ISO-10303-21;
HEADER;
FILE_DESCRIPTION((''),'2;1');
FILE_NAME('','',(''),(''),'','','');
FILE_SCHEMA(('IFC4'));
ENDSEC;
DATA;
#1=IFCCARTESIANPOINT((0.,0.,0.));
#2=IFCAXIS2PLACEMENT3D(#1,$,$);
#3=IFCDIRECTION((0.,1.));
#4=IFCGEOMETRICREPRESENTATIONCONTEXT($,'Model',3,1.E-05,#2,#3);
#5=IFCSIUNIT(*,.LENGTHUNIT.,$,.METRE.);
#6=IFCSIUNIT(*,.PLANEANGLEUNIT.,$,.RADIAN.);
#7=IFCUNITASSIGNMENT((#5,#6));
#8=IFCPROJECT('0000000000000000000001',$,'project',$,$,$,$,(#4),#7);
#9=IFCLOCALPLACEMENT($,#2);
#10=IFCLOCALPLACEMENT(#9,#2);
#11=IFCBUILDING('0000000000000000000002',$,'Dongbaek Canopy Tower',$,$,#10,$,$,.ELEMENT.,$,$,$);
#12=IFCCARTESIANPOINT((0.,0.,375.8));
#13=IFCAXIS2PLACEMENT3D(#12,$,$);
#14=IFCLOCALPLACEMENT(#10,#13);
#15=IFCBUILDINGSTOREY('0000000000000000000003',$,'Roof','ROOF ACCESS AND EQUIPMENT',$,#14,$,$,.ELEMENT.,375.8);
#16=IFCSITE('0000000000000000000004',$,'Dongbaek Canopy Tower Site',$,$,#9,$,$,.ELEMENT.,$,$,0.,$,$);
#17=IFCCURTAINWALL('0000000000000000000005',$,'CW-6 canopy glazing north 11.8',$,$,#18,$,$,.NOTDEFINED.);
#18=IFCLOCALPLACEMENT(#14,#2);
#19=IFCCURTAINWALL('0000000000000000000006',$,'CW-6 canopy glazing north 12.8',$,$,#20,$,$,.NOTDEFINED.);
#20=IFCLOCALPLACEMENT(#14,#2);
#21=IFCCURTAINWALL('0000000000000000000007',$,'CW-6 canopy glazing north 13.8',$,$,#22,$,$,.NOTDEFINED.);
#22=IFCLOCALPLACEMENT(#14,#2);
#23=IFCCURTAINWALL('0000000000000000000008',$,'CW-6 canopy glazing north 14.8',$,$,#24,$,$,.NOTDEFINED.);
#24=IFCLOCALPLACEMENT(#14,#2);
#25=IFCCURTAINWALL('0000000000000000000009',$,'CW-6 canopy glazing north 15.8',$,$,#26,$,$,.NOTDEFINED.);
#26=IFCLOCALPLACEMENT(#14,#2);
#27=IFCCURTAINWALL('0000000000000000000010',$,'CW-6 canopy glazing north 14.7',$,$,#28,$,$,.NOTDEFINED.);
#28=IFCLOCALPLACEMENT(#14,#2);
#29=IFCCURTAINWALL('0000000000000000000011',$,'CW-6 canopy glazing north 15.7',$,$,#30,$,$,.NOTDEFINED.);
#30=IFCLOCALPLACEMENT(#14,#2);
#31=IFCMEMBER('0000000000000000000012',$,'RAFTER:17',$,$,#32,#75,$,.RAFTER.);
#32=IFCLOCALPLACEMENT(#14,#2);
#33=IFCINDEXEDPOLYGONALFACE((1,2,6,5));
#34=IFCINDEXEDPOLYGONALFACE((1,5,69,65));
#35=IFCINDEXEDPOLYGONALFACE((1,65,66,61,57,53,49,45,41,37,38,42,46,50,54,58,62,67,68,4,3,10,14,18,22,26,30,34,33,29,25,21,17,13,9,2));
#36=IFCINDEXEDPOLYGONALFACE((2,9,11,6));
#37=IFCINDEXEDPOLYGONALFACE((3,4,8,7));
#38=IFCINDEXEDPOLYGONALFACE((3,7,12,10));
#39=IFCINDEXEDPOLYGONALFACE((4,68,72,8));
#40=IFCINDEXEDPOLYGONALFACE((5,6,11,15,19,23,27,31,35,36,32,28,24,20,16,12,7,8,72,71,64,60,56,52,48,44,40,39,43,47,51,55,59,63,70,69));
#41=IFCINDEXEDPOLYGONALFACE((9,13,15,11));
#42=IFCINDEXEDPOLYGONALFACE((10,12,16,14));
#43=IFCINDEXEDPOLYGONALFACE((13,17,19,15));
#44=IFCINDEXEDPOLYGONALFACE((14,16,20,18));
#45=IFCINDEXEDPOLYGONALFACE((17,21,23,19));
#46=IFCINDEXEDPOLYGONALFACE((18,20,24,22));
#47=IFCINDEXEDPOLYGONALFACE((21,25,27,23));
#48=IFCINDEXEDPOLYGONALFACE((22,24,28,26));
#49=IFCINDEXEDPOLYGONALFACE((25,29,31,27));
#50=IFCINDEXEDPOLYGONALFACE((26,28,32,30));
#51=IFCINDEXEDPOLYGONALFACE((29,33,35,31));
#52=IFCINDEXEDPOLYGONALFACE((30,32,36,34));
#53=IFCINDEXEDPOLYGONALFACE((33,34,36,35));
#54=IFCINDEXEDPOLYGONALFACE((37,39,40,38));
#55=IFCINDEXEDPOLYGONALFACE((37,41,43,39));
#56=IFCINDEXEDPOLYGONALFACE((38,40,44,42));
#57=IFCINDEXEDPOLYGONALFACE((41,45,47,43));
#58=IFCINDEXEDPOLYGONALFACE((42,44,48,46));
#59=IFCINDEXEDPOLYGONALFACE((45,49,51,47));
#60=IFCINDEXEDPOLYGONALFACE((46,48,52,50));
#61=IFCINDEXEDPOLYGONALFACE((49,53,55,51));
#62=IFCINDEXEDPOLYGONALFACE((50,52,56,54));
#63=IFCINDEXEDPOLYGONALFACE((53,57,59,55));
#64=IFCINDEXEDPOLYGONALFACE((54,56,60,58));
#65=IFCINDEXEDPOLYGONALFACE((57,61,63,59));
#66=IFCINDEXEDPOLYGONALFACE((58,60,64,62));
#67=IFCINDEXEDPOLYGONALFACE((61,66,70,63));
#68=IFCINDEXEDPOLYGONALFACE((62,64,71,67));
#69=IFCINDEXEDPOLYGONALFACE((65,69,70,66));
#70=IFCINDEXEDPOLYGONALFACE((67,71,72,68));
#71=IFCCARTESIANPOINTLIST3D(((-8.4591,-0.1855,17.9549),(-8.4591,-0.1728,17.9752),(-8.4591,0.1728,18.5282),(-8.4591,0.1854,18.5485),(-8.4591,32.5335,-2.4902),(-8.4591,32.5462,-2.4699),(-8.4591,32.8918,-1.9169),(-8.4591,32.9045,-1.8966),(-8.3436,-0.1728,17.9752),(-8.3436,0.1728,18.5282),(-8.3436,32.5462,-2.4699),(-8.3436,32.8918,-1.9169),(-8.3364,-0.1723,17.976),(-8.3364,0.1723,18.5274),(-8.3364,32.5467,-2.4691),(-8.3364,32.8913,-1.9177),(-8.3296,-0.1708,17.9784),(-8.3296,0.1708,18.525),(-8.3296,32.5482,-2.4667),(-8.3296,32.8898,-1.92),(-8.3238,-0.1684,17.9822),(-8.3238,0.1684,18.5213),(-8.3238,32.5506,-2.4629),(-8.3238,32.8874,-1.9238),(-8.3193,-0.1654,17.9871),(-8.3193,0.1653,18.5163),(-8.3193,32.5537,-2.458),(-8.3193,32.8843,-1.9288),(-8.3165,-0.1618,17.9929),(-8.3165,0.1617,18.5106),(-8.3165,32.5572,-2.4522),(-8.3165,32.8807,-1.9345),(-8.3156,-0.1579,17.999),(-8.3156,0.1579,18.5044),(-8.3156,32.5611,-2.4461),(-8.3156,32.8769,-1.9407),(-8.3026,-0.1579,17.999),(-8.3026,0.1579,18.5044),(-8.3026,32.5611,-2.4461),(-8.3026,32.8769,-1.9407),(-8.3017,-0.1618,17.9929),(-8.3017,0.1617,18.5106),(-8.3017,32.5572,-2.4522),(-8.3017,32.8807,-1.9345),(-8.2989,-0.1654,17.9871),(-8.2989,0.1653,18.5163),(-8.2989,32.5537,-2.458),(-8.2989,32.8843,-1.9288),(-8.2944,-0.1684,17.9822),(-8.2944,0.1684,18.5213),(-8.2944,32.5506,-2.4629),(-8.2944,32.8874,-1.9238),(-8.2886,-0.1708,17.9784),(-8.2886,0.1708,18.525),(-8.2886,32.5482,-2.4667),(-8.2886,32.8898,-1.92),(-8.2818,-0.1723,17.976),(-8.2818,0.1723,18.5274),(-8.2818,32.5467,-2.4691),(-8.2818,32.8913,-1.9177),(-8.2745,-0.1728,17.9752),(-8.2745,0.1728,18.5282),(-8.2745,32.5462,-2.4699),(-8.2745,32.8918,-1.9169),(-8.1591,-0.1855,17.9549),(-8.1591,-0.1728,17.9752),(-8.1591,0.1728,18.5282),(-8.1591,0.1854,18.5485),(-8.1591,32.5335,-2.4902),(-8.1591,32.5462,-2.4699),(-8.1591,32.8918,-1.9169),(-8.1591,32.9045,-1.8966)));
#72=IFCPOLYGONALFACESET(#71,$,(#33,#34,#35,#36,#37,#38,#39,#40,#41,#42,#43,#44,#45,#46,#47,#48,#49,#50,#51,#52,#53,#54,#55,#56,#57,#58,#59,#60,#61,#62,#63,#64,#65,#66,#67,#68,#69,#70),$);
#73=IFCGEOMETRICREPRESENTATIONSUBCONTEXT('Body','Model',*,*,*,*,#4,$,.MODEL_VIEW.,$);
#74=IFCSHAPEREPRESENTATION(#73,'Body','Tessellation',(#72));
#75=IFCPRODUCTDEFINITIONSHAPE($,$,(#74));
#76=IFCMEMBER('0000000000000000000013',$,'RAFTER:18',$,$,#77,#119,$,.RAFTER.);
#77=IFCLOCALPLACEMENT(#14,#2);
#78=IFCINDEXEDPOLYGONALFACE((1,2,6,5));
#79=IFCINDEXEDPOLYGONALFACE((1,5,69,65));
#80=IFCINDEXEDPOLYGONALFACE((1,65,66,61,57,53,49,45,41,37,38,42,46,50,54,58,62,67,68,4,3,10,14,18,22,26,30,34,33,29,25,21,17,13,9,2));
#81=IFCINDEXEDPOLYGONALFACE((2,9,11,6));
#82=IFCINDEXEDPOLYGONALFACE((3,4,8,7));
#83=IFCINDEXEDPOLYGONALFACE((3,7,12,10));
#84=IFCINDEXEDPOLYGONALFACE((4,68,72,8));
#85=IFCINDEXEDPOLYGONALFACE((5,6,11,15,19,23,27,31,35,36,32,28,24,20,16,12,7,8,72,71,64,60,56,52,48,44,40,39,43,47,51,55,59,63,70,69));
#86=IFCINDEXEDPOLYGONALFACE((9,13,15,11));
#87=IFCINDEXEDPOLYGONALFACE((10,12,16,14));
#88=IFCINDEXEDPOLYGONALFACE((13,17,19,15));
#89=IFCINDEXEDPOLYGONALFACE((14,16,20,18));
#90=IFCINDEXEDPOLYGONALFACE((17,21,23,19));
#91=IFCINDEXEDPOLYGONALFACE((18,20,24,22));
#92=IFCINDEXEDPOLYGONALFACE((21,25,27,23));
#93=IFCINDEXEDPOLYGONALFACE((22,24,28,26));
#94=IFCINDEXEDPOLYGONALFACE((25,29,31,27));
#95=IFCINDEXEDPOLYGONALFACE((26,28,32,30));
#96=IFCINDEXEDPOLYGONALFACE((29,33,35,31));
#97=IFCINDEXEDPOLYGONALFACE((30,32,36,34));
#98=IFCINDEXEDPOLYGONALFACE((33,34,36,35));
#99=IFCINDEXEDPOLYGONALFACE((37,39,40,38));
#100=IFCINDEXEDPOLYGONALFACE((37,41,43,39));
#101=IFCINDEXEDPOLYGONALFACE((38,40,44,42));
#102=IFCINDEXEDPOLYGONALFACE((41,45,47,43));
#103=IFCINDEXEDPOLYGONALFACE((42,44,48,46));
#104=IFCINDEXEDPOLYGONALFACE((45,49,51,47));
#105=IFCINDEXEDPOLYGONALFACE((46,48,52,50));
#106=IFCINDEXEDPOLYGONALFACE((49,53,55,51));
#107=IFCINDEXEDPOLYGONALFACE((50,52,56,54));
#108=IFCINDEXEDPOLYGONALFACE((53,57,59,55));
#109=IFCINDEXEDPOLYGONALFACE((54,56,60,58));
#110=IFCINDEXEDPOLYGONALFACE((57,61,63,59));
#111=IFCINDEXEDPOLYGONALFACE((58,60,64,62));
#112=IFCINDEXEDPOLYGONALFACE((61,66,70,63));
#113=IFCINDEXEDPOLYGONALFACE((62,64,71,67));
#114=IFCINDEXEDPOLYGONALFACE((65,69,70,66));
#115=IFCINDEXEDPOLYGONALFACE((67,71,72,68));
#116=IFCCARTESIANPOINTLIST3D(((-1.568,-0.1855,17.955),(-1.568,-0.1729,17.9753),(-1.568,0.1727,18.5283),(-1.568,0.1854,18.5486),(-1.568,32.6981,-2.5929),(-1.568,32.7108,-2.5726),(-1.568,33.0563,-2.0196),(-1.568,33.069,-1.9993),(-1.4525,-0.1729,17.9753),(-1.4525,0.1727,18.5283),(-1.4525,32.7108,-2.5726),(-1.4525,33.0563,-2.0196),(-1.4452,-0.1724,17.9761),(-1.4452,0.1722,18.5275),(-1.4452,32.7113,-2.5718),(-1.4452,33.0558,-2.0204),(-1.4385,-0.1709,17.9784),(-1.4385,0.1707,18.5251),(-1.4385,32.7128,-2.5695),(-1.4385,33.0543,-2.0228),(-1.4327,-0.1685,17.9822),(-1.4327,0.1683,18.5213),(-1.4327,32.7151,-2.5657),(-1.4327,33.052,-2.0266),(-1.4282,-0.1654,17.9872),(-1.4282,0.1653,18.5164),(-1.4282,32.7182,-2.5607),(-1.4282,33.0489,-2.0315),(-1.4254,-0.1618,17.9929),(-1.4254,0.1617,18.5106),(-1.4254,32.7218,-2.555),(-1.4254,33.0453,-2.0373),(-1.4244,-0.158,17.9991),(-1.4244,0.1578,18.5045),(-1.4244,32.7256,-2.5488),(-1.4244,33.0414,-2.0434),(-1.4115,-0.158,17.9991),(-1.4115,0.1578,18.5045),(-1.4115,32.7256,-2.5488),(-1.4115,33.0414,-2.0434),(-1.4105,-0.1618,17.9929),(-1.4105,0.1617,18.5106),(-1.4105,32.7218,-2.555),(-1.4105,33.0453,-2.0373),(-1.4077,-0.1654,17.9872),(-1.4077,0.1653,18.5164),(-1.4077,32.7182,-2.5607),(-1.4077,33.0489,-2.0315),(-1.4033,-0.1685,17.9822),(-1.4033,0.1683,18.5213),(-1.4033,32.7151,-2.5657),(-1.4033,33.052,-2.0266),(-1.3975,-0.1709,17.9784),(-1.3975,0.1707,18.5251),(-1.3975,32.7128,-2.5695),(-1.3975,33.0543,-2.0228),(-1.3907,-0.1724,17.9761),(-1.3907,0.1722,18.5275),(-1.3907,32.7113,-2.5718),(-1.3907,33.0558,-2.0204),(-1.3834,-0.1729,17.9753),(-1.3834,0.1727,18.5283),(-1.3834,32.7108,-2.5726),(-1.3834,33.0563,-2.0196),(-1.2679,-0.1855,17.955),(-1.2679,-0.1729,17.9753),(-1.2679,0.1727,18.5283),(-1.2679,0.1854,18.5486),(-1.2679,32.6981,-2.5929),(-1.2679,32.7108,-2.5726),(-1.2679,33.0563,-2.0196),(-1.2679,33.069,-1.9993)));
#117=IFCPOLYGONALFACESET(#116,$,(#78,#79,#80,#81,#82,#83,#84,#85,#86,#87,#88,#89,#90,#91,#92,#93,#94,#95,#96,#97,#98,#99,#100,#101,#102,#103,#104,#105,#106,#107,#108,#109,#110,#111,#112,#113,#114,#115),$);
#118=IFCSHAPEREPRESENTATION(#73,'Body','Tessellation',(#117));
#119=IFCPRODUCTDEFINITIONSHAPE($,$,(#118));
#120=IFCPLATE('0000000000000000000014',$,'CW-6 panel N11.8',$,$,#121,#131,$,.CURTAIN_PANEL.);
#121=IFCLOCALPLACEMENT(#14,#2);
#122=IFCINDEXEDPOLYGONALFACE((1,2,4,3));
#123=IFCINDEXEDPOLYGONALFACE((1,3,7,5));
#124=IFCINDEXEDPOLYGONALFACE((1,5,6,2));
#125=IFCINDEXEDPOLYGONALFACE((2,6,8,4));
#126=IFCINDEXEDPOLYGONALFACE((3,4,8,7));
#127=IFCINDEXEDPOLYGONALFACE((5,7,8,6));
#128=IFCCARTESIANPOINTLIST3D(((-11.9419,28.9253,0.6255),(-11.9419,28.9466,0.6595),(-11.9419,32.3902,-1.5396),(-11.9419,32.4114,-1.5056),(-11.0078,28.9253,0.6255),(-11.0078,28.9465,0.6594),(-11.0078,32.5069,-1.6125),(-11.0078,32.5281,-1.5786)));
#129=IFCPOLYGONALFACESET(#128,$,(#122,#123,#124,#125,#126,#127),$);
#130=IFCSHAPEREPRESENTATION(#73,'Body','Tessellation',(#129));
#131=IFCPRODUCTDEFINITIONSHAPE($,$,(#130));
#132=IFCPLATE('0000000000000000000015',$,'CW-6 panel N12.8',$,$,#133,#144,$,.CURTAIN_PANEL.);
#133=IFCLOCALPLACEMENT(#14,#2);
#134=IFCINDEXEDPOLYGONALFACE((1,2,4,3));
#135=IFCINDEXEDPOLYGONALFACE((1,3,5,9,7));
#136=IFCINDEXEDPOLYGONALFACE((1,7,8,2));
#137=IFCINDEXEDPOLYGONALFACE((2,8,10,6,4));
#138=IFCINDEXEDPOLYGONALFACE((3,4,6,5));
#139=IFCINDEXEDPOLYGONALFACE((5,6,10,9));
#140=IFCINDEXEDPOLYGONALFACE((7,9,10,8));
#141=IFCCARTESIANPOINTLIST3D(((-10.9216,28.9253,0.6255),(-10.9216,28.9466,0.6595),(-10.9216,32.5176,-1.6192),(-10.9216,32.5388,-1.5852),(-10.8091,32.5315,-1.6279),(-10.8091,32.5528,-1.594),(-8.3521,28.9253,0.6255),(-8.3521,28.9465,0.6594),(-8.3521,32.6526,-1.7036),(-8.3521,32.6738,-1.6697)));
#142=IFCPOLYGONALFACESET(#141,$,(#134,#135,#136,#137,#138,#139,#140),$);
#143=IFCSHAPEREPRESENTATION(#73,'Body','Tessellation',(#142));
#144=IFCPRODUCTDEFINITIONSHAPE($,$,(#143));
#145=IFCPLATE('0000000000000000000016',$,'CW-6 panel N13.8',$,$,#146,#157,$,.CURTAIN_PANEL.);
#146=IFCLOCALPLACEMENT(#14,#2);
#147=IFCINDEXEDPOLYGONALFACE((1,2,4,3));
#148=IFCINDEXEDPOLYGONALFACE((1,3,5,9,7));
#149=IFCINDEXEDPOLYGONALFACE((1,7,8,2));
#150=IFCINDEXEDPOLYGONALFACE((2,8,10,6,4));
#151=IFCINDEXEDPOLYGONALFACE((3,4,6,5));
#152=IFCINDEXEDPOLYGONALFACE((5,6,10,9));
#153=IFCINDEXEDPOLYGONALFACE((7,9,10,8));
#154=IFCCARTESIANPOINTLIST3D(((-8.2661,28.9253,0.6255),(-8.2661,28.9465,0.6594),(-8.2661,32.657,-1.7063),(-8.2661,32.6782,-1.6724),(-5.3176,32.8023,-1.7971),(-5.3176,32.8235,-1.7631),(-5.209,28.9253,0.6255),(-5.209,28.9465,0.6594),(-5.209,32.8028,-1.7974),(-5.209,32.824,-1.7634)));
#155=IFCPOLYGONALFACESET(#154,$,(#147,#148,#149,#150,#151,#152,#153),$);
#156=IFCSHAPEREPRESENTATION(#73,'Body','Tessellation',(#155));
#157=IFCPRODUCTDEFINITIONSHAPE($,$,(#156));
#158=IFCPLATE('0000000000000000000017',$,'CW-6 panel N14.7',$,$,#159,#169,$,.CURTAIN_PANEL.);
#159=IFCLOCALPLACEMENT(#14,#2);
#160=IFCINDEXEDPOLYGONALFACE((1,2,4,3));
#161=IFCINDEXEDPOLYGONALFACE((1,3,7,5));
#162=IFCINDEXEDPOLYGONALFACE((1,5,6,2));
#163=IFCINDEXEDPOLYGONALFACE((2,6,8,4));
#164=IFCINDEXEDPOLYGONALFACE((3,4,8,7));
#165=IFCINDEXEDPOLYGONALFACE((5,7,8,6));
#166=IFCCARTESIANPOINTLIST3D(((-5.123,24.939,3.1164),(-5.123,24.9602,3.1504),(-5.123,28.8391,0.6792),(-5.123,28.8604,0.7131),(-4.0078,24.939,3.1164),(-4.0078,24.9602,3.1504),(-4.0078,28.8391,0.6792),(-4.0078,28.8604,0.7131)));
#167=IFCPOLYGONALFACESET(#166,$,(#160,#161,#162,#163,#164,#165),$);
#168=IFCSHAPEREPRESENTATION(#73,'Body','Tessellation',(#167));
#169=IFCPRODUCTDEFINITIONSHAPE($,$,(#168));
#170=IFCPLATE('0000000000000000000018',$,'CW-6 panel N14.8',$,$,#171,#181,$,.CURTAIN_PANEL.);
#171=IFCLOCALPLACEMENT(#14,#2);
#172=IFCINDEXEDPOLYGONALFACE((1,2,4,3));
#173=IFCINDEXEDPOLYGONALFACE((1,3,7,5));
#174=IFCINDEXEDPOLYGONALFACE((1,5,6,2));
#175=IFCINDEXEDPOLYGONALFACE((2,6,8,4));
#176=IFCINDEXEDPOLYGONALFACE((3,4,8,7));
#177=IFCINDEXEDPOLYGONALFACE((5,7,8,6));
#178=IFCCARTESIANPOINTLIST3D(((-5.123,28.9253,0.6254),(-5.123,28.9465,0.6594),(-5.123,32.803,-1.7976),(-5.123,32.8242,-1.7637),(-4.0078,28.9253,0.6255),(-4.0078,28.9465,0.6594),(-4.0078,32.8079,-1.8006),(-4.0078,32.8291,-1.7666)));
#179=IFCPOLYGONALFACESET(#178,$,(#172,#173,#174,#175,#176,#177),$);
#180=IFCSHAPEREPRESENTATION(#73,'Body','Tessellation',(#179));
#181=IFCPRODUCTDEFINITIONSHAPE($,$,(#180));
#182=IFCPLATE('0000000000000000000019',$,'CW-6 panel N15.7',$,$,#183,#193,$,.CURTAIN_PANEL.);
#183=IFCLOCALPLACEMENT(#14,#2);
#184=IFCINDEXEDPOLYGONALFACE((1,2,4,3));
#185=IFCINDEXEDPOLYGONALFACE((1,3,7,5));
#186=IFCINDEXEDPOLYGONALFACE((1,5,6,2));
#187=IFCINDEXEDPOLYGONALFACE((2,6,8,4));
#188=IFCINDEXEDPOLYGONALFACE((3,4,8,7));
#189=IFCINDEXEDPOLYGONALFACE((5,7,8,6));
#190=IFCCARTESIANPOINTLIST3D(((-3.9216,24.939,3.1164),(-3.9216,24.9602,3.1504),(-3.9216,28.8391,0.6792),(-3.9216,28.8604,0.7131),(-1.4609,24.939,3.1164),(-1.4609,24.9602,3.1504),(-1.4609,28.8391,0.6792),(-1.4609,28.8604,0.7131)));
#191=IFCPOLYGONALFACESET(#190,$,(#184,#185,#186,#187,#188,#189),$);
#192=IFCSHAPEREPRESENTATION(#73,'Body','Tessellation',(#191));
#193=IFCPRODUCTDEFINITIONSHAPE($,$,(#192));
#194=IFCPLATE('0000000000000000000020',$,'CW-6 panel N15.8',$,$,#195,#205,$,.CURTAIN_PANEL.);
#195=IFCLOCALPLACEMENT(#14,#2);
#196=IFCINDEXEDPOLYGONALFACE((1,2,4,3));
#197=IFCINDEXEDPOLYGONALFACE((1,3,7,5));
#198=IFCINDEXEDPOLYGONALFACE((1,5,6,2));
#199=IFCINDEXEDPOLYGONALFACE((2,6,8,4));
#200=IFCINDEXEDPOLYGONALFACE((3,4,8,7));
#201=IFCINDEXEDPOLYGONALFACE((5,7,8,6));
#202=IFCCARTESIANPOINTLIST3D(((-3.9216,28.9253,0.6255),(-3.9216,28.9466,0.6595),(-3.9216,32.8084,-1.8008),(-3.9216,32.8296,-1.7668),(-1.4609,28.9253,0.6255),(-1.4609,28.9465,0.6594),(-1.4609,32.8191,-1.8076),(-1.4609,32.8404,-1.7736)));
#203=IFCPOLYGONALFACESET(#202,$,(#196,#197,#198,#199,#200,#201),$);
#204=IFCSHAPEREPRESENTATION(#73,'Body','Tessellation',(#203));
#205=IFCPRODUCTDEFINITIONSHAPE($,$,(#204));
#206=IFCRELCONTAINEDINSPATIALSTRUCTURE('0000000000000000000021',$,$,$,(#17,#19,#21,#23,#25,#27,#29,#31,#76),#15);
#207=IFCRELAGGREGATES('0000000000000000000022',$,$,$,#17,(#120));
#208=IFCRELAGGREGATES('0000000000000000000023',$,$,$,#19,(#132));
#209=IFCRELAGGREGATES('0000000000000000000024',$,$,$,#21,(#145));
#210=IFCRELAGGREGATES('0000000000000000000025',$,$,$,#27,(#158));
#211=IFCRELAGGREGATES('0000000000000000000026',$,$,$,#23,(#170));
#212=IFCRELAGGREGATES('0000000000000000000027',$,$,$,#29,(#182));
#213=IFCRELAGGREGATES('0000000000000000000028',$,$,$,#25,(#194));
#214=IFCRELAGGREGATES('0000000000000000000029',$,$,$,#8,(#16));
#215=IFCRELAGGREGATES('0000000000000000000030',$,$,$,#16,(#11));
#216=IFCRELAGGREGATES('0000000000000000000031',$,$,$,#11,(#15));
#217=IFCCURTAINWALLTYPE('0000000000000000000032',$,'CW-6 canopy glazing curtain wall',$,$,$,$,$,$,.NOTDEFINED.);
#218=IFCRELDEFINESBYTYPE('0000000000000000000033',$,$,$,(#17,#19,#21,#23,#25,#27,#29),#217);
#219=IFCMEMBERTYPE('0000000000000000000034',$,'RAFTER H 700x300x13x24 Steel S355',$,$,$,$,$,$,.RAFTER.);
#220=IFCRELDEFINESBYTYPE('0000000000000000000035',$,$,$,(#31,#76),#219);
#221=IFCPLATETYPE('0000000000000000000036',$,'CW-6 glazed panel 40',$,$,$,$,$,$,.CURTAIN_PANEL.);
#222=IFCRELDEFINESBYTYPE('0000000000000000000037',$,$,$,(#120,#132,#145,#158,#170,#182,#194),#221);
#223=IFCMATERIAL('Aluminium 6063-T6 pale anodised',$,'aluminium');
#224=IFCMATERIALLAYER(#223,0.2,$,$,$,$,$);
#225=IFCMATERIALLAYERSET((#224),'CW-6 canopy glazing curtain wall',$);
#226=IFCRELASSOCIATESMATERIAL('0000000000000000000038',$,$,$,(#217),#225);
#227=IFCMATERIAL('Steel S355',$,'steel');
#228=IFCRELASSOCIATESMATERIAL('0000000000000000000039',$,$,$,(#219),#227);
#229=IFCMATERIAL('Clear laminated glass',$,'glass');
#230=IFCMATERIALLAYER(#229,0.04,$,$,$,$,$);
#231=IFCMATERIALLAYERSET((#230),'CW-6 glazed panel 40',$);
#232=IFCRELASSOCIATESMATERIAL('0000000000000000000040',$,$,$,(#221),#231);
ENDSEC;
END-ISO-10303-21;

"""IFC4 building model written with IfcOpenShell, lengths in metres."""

from ifc_helpers import new_model, si_unit, direction, frame, origin, origin_2d, place, context, subcontext, project, spatial, polyline, i_section, outline, extrude, material, layer, layer_set, material_profile, profile_set, type_object, element, aggregate, save


model = new_model("IFC4")

# Units and contexts
model_context = context("Model", 3, precision=1e-05, world=origin(), true_north=direction((0.0, 1.0)))
body_context = subcontext(model_context, "Body", "Model", "MODEL_VIEW")
ifc_project = project(units=[si_unit("LENGTHUNIT", "METRE"), si_unit("PLANEANGLEUNIT", "RADIAN")], contexts=[model_context])

# Site, building, storey
site_placement = place(None, origin())
site = spatial("IfcSite", under=ifc_project, at=site_placement, Name="Dongbaek Canopy Tower Site", CompositionType="ELEMENT", RefElevation=0.0)
building_placement = place(site_placement, origin())
building = spatial("IfcBuilding", under=site, at=building_placement, Name="Dongbaek Canopy Tower", CompositionType="ELEMENT")
storey_placement = place(building_placement, frame((0.0, 0.0, 375.8)))
storey = spatial("IfcBuildingStorey", under=building, at=storey_placement, Name="Roof", Description="ROOF ACCESS AND EQUIPMENT", CompositionType="ELEMENT", Elevation=375.8)

# Curtain walls
ifc_material_1 = material(Name="Aluminium 6063-T6 pale anodised", Category="aluminium")
ifc_layer_1 = layer(ifc_material_1, 0.2)
ifc_layer_set_1 = layer_set([ifc_layer_1], Name="CW-6 canopy glazing curtain wall")
curtain_wall_type = type_object("IfcCurtainWallType", Name="CW-6 canopy glazing curtain wall", PredefinedType="NOTDEFINED", material=ifc_layer_set_1)
curtain_wall_1_placement = place(storey_placement, origin())
curtain_wall_1 = element("IfcCurtainWall", 1, at=curtain_wall_1_placement, inside=storey, type_object=curtain_wall_type, Name="CW-6 canopy glazing north 11.8", PredefinedType="NOTDEFINED")
curtain_wall_2_placement = place(storey_placement, origin())
curtain_wall_2 = element("IfcCurtainWall", 2, at=curtain_wall_2_placement, inside=storey, type_object=curtain_wall_type, Name="CW-6 canopy glazing north 12.8", PredefinedType="NOTDEFINED")
curtain_wall_3_placement = place(storey_placement, origin())
curtain_wall_3 = element("IfcCurtainWall", 3, at=curtain_wall_3_placement, inside=storey, type_object=curtain_wall_type, Name="CW-6 canopy glazing north 13.8", PredefinedType="NOTDEFINED")
curtain_wall_4_placement = place(storey_placement, origin())
curtain_wall_4 = element("IfcCurtainWall", 4, at=curtain_wall_4_placement, inside=storey, type_object=curtain_wall_type, Name="CW-6 canopy glazing north 14.8", PredefinedType="NOTDEFINED")
curtain_wall_5_placement = place(storey_placement, origin())
curtain_wall_5 = element("IfcCurtainWall", 5, at=curtain_wall_5_placement, inside=storey, type_object=curtain_wall_type, Name="CW-6 canopy glazing north 15.8", PredefinedType="NOTDEFINED")
curtain_wall_6_placement = place(storey_placement, origin())
curtain_wall_6 = element("IfcCurtainWall", 6, at=curtain_wall_6_placement, inside=storey, type_object=curtain_wall_type, Name="CW-6 canopy glazing north 14.7", PredefinedType="NOTDEFINED")
curtain_wall_7_placement = place(storey_placement, origin())
curtain_wall_7 = element("IfcCurtainWall", 7, at=curtain_wall_7_placement, inside=storey, type_object=curtain_wall_type, Name="CW-6 canopy glazing north 15.7", PredefinedType="NOTDEFINED")

# Members
ifc_material_2 = material(Name="Steel S355", Category="steel")
ifc_material_profile_1 = material_profile(ifc_material_2, i_section(OverallWidth=0.3, OverallDepth=0.7, WebThickness=0.0129, FlangeThickness=0.0239, FilletRadius=0.0281, at=origin_2d()), Name="RAFTER H 700x300x13x24 Steel S355")
ifc_profile_set_1 = profile_set([ifc_material_profile_1], Name="Steel S355")
member_type_1 = type_object("IfcMemberType", Name="RAFTER H 700x300x13x24 Steel S355", PredefinedType="RAFTER", material=ifc_profile_set_1)
member_1_placement = place(storey_placement, frame((-8.3091, 32.719, -2.1934), z_axis=(0.0, -0.848048, 0.529919), x_axis=(1.0, 0.0, 0.0)))
element("IfcMember", 8, at=member_1_placement, inside=storey, type_object=member_type_1, Name="RAFTER:17", PredefinedType="RAFTER", context=body_context, shape_type="SweptSolid", body=[
    extrude(i_section(OverallWidth=0.3, OverallDepth=0.7, WebThickness=0.0129, FlangeThickness=0.0239, FilletRadius=0.0281, at=origin_2d()), origin(), (0.0, 0.0, 1.0), 38.5815),
])
member_2_placement = place(storey_placement, frame((-1.418, 32.8835, -2.2961), z_axis=(0.0, -0.848049, 0.529918), x_axis=(1.0, 0.0, 0.0)))
element("IfcMember", 9, at=member_2_placement, inside=storey, type_object=member_type_1, Name="RAFTER:18", PredefinedType="RAFTER", context=body_context, shape_type="SweptSolid", body=[
    extrude(i_section(OverallWidth=0.3, OverallDepth=0.7, WebThickness=0.0129, FlangeThickness=0.0239, FilletRadius=0.0281, at=origin_2d()), origin(), (0.0, 0.0, 1.0), 38.7756),
])

# Plates
ifc_material_3 = material(Name="Clear laminated glass", Category="glass")
ifc_layer_2 = layer(ifc_material_3, 0.04)
ifc_layer_set_2 = layer_set([ifc_layer_2], Name="CW-6 glazed panel 40")
plate_type = type_object("IfcPlateType", Name="CW-6 glazed panel 40", PredefinedType="CURTAIN_PANEL", material=ifc_layer_set_2)
plate_1_placement = place(storey_placement, frame((-11.0078, 28.9465, 0.6594), z_axis=(0.000035, 0.52992, 0.848048), x_axis=(-1.0, 0.000018, 0.000029)))
plate_1 = element("IfcPlate", 10, at=plate_1_placement, type_object=plate_type, Name="CW-6 panel N11.8", PredefinedType="CURTAIN_PANEL", context=body_context, shape_type="SweptSolid", body=[
    extrude(outline(polyline([(0.0, 0.0), (0.9341, 0.0), (0.9341, -4.0857), (0.0, -4.2233), (0.0, 0.0)])), origin(), (0.0, 0.0, -1.0), 0.04),
])
aggregate(curtain_wall_1, [plate_1])
plate_2_placement = place(storey_placement, frame((-8.3521, 32.6738, -1.6697), z_axis=(0.000018, 0.529922, 0.848046), x_axis=(0.0, -0.848046, 0.529922)))
plate_2 = element("IfcPlate", 11, at=plate_2_placement, type_object=plate_type, Name="CW-6 panel N12.8", PredefinedType="CURTAIN_PANEL", context=body_context, shape_type="SweptSolid", body=[
    extrude(outline(polyline([(0.0, 0.0), (4.3952, 0.0), (4.3952, -2.5696), (0.1593, -2.5696), (0.1428, -2.457), (0.0, 0.0)])), origin(), (0.0, 0.0, -1.0), 0.04),
])
aggregate(curtain_wall_2, [plate_2])
plate_3_placement = place(storey_placement, frame((-5.209, 32.824, -1.7634), z_axis=(-0.000002, 0.529918, 0.848049), x_axis=(0.0, -0.848049, 0.529918)))
plate_3 = element("IfcPlate", 12, at=plate_3_placement, type_object=plate_type, Name="CW-6 panel N13.8", PredefinedType="CURTAIN_PANEL", context=body_context, shape_type="SweptSolid", body=[
    extrude(outline(polyline([(0.0, 0.0), (4.5722, 0.0), (4.5722, -3.0571), (0.1719, -3.0571), (0.0005, -0.1086), (0.0, 0.0)])), origin(), (0.0, 0.0, -1.0), 0.04),
])
aggregate(curtain_wall_3, [plate_3])
plate_4_placement = place(storey_placement, frame((-4.0078, 24.9602, 3.1504), z_axis=(0.0, 0.529946, 0.848031), x_axis=(-1.0, 0.0, 0.0)))
plate_4 = element("IfcPlate", 13, at=plate_4_placement, type_object=plate_type, Name="CW-6 panel N14.7", PredefinedType="CURTAIN_PANEL", context=body_context, shape_type="SweptSolid", body=[
    extrude(outline(polyline([(0.0, 0.0), (1.1152, 0.0), (1.1152, -4.5991), (0.0, -4.5991), (0.0, 0.0)])), origin(), (0.0, 0.0, -1.0), 0.04),
])
aggregate(curtain_wall_6, [plate_4])
plate_5_placement = place(storey_placement, frame((-4.0078, 28.9465, 0.6594), z_axis=(-0.000046, 0.529917, 0.848049), x_axis=(-1.0, -0.000024, -0.000039)))
plate_5 = element("IfcPlate", 14, at=plate_5_placement, type_object=plate_type, Name="CW-6 panel N14.8", PredefinedType="CURTAIN_PANEL", context=body_context, shape_type="SweptSolid", body=[
    extrude(outline(polyline([(0.0, 0.0), (1.1152, 0.0), (1.1152, -4.5725), (0.0, -4.5782), (0.0, 0.0)])), origin(), (0.0, 0.0, -1.0), 0.04),
])
aggregate(curtain_wall_4, [plate_5])
plate_6_placement = place(storey_placement, frame((-1.4609, 24.9602, 3.1504), z_axis=(0.0, 0.529946, 0.848031), x_axis=(-1.0, 0.0, 0.0)))
plate_6 = element("IfcPlate", 15, at=plate_6_placement, type_object=plate_type, Name="CW-6 panel N15.7", PredefinedType="CURTAIN_PANEL", context=body_context, shape_type="SweptSolid", body=[
    extrude(outline(polyline([(0.0, 0.0), (2.4607, 0.0), (2.4607, -4.5991), (0.0, -4.5991), (0.0, 0.0)])), origin(), (0.0, 0.0, -1.0), 0.04),
])
aggregate(curtain_wall_7, [plate_6])
plate_7_placement = place(storey_placement, frame((-1.4609, 28.9465, 0.6594), z_axis=(0.000021, 0.529908, 0.848055), x_axis=(-1.0, 0.000011, 0.000018)))
plate_7 = element("IfcPlate", 16, at=plate_7_placement, type_object=plate_type, Name="CW-6 panel N15.8", PredefinedType="CURTAIN_PANEL", context=body_context, shape_type="SweptSolid", body=[
    extrude(outline(polyline([(0.0, 0.0), (2.4607, 0.0), (2.4607, -4.5787), (0.0, -4.5915), (0.0, 0.0)])), origin(), (0.0, 0.0, -1.0), 0.04),
])
aggregate(curtain_wall_5, [plate_7])

save(model, "model.ifc")
